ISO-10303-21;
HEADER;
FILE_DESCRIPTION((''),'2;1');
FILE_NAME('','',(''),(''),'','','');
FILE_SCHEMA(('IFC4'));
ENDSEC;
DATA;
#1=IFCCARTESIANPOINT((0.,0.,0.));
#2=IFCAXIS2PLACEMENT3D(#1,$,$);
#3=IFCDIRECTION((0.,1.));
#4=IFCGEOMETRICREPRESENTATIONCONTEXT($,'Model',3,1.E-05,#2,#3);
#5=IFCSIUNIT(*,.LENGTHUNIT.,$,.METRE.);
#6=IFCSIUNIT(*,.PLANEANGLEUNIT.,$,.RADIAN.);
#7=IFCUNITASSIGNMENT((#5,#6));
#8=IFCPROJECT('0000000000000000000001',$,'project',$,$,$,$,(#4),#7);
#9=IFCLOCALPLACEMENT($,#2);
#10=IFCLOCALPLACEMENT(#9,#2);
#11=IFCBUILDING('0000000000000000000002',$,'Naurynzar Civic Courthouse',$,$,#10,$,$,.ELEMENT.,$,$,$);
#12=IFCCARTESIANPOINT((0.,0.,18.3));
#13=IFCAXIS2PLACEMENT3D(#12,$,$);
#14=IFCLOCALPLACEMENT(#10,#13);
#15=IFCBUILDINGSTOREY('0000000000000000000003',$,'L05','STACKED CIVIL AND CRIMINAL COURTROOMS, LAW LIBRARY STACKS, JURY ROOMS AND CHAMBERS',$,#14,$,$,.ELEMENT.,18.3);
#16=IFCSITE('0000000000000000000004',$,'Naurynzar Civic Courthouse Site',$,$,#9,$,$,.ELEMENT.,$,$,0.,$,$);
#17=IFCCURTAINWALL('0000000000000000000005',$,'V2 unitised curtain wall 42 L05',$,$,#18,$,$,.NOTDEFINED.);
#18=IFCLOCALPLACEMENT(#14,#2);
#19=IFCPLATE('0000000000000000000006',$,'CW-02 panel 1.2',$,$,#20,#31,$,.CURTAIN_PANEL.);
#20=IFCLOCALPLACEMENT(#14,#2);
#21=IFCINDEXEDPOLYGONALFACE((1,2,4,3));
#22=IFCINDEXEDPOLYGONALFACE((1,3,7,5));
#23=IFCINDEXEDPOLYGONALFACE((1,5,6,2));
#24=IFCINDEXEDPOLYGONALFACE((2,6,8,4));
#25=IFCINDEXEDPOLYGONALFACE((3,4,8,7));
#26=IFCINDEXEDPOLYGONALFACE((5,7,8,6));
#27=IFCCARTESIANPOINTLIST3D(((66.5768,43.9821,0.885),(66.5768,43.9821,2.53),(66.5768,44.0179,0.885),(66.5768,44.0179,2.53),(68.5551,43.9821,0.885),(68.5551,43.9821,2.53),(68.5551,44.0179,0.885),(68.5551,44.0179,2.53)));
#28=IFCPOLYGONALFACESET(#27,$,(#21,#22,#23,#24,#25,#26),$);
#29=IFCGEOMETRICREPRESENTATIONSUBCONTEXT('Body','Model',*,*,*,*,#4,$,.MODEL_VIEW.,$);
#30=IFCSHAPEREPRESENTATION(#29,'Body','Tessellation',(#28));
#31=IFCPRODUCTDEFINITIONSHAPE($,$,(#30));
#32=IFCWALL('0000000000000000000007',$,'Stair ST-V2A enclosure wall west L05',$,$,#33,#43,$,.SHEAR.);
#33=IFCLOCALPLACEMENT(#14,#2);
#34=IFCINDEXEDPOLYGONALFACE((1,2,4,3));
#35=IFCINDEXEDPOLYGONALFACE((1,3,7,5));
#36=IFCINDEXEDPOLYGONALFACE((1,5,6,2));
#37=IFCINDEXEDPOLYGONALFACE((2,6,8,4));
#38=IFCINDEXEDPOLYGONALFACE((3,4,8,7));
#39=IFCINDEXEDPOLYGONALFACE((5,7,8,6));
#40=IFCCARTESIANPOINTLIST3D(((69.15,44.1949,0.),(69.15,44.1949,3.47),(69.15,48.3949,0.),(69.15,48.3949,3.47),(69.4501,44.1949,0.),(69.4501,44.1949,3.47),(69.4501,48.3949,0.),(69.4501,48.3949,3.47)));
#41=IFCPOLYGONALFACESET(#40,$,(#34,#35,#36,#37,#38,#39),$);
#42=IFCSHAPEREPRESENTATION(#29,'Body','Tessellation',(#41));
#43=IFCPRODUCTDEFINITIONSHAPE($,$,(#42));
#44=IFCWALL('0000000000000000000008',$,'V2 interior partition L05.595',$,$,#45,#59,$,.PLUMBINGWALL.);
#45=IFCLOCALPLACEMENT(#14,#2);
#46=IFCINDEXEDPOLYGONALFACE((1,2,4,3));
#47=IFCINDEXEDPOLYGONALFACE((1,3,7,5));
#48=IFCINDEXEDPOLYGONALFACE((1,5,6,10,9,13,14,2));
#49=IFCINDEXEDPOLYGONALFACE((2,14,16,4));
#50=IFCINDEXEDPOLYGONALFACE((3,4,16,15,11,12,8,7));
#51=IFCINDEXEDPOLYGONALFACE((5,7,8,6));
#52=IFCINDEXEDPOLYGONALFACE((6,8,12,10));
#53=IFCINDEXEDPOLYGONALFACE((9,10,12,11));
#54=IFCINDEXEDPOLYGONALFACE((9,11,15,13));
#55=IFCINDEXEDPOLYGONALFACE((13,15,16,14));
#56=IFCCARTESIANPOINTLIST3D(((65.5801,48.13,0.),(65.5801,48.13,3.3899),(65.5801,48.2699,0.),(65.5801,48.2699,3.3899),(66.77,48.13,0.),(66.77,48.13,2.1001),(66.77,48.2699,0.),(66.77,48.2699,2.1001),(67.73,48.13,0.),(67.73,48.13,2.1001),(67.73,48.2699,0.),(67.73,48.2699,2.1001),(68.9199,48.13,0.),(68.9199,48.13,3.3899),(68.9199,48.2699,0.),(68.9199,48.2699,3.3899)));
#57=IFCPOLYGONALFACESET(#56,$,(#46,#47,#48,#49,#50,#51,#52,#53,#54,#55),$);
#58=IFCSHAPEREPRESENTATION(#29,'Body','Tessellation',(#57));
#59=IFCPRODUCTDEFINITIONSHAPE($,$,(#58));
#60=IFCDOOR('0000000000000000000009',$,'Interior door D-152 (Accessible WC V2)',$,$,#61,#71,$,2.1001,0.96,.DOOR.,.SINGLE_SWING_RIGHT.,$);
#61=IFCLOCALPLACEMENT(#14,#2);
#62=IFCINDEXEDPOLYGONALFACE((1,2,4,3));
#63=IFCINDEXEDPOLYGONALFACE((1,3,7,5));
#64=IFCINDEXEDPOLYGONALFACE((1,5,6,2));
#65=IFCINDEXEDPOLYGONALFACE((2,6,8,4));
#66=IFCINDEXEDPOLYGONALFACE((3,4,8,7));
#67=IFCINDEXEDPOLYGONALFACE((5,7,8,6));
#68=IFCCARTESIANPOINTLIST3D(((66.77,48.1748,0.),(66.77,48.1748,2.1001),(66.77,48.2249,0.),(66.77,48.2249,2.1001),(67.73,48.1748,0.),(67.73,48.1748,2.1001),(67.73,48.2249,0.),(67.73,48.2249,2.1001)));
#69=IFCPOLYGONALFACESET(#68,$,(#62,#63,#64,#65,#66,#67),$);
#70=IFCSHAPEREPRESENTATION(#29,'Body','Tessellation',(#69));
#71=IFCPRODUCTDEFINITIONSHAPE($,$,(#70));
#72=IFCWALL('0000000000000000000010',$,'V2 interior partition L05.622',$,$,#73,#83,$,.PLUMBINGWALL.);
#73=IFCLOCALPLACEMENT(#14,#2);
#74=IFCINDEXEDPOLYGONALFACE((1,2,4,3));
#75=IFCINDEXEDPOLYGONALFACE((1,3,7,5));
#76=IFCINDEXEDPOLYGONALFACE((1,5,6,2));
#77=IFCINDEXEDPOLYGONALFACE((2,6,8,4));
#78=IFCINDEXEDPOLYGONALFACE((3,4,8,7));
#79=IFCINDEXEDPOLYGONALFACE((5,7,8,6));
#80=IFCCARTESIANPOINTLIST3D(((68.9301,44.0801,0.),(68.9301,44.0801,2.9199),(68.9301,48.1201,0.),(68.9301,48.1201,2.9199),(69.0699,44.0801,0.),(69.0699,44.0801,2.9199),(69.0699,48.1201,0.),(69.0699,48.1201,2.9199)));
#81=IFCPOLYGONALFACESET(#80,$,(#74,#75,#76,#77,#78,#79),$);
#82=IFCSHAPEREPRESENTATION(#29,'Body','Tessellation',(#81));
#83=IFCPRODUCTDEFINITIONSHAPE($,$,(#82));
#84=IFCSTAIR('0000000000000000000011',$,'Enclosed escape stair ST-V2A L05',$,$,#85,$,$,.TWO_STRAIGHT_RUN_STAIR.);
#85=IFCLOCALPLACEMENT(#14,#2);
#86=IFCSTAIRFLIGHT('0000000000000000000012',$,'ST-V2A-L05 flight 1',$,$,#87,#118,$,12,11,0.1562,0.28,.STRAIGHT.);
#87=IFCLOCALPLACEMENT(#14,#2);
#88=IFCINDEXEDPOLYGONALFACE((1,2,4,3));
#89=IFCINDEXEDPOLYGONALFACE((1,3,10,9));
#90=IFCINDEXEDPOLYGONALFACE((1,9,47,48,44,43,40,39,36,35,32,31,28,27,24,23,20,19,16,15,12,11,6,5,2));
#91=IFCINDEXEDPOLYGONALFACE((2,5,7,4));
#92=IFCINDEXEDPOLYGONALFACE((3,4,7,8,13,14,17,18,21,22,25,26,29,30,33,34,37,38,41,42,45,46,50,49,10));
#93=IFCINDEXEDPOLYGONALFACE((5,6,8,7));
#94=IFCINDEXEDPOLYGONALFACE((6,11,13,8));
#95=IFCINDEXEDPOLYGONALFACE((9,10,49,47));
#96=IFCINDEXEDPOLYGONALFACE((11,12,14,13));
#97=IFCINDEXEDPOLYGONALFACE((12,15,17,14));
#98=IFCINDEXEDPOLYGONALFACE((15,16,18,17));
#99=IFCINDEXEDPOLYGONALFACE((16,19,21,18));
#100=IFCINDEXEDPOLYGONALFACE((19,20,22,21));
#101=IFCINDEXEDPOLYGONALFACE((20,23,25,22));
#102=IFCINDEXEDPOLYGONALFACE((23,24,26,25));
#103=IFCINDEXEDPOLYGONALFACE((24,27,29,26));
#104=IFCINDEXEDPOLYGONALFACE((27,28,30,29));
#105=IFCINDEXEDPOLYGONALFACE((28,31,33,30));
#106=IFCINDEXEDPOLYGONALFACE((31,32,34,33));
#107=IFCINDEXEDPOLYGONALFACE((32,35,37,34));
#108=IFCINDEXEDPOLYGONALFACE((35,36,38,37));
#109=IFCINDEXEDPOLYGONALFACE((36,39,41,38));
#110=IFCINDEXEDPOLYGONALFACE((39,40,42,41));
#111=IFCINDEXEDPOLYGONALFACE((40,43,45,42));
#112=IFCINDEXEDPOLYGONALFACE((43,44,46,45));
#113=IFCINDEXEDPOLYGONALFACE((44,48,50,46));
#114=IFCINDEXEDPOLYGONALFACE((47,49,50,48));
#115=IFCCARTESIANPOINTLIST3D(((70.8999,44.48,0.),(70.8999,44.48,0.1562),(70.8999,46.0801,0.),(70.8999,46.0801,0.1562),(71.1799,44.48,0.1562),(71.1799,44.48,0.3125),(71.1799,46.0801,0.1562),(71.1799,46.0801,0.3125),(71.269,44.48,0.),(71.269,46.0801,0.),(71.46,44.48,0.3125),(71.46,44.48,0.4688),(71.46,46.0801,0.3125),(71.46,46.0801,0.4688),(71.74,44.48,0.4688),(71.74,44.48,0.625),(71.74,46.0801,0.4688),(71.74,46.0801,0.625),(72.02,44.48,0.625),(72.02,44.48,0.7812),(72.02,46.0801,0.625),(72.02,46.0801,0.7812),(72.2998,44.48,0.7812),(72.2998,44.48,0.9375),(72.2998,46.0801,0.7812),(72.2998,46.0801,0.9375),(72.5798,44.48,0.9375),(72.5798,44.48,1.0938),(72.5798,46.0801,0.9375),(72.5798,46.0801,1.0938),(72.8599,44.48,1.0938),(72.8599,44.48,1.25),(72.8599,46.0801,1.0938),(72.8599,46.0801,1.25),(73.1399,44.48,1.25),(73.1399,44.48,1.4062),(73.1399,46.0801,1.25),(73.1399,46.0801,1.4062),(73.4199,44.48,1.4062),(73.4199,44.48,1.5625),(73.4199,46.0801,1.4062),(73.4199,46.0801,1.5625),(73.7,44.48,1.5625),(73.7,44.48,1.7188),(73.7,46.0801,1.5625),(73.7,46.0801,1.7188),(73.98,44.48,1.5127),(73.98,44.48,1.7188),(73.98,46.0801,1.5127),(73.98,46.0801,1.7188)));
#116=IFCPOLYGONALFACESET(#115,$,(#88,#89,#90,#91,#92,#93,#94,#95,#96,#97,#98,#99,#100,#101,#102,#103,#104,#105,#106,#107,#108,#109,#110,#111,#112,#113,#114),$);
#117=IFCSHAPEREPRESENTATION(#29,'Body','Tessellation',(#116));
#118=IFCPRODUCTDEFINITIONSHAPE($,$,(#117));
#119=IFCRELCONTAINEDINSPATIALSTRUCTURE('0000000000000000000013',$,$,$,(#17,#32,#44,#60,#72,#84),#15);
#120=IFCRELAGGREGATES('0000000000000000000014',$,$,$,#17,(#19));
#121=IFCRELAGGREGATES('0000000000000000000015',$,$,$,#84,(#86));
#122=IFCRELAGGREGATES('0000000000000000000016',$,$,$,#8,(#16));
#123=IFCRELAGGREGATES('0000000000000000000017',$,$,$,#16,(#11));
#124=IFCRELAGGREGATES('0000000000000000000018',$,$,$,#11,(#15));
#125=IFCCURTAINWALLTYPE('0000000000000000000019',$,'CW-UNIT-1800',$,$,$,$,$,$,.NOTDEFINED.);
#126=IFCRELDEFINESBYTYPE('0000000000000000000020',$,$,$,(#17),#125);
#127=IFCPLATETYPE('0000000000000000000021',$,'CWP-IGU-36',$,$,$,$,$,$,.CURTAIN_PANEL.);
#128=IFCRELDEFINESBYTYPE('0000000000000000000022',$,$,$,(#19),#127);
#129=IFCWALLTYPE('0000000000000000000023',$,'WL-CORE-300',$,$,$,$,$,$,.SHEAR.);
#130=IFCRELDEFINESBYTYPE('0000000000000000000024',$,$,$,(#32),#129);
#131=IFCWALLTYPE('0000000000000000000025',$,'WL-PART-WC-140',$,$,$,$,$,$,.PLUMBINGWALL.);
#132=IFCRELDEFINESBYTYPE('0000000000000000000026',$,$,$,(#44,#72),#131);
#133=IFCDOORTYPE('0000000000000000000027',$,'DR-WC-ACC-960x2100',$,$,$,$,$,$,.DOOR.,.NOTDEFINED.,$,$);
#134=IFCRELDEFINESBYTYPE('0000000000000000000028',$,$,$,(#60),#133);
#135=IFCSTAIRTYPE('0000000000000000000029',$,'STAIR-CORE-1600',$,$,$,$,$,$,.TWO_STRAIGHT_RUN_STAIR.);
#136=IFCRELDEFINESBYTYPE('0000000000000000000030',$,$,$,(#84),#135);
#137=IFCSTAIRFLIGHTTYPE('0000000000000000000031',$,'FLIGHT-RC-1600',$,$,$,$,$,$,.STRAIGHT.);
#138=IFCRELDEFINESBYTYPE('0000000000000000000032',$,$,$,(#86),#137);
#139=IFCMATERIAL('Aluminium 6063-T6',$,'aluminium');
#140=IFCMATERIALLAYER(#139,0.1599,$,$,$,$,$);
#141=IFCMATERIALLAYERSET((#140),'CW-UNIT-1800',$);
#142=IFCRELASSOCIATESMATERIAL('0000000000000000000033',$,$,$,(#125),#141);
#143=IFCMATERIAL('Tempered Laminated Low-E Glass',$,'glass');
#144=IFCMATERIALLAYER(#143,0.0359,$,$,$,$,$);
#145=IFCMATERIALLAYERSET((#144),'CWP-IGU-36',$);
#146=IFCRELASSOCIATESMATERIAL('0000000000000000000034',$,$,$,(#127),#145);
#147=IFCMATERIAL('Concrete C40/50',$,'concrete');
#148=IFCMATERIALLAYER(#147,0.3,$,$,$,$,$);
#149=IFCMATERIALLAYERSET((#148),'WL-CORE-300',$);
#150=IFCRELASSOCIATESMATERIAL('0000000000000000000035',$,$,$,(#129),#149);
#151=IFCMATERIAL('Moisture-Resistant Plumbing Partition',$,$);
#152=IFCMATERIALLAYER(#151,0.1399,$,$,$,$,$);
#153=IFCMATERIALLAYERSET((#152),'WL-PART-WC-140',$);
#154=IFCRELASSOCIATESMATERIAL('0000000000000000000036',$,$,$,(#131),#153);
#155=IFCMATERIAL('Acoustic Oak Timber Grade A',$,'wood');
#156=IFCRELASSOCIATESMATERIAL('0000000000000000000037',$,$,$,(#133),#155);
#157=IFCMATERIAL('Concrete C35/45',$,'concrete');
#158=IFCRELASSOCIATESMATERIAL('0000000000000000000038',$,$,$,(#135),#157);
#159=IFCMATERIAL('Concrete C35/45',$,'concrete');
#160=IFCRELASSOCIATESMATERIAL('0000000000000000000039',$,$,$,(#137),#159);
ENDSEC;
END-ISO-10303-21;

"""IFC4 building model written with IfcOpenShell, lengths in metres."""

from ifc_helpers import new_model, si_unit, direction, frame, frame_2d, origin, origin_2d, place, context, subcontext, project, spatial, polyline, rectangle, outline, extrude, material, layer, layer_set, type_object, element, fill, aggregate, save


model = new_model("IFC4")

# Units and contexts
model_context = context("Model", 3, precision=1e-05, world=origin(), true_north=direction((0.0, 1.0)))
body_context = subcontext(model_context, "Body", "Model", "MODEL_VIEW")
ifc_project = project(units=[si_unit("LENGTHUNIT", "METRE"), si_unit("PLANEANGLEUNIT", "RADIAN")], contexts=[model_context])

# Site, building, storey
site_placement = place(None, origin())
site = spatial("IfcSite", under=ifc_project, at=site_placement, Name="Naurynzar Civic Courthouse Site", CompositionType="ELEMENT", RefElevation=0.0)
building_placement = place(site_placement, origin())
building = spatial("IfcBuilding", under=site, at=building_placement, Name="Naurynzar Civic Courthouse", CompositionType="ELEMENT")
storey_placement = place(building_placement, frame((0.0, 0.0, 18.3)))
storey = spatial("IfcBuildingStorey", under=building, at=storey_placement, Name="L05", Description="STACKED CIVIL AND CRIMINAL COURTROOMS, LAW LIBRARY STACKS, JURY ROOMS AND CHAMBERS", CompositionType="ELEMENT", Elevation=18.3)

# Curtain wall, plate
ifc_material_1 = material(Name="Aluminium 6063-T6", Category="aluminium")
ifc_layer_1 = layer(ifc_material_1, 0.1599)
ifc_layer_set_1 = layer_set([ifc_layer_1], Name="CW-UNIT-1800")
curtain_wall_type = type_object("IfcCurtainWallType", Name="CW-UNIT-1800", PredefinedType="NOTDEFINED", material=ifc_layer_set_1)
curtain_wall_placement = place(storey_placement, origin())
curtain_wall = element("IfcCurtainWall", 1, at=curtain_wall_placement, inside=storey, type_object=curtain_wall_type, Name="V2 unitised curtain wall 42 L05", PredefinedType="NOTDEFINED")
ifc_material_2 = material(Name="Tempered Laminated Low-E Glass", Category="glass")
ifc_layer_2 = layer(ifc_material_2, 0.0359)
ifc_layer_set_2 = layer_set([ifc_layer_2], Name="CWP-IGU-36")
plate_type = type_object("IfcPlateType", Name="CWP-IGU-36", PredefinedType="CURTAIN_PANEL", material=ifc_layer_set_2)
plate_1_placement = place(storey_placement, frame((67.5659, 44.0, 0.885), z_axis=(0.0, 0.0, 1.0), x_axis=(-1.0, 0.0, 0.0)))
plate_1 = element("IfcPlate", 2, at=plate_1_placement, type_object=plate_type, Name="CW-02 panel 1.2", PredefinedType="CURTAIN_PANEL", context=body_context, shape_type="SweptSolid", body=[
    extrude(rectangle(XDim=1.9783, YDim=0.0359, at=origin_2d()), origin(), (0.0, 0.0, 1.0), 1.645),
])
aggregate(curtain_wall, [plate_1])

# Wall
ifc_material_3 = material(Name="Concrete C40/50", Category="concrete")
ifc_layer_3 = layer(ifc_material_3, 0.3)
ifc_layer_set_3 = layer_set([ifc_layer_3], Name="WL-CORE-300")
wall_type_1 = type_object("IfcWallType", Name="WL-CORE-300", PredefinedType="SHEAR", material=ifc_layer_set_3)
wall_1_placement = place(storey_placement, frame((69.3, 48.395, 0.0), z_axis=(0.0, 0.0, 1.0), x_axis=(0.0, -1.0, 0.0)))
element("IfcWall", 3, at=wall_1_placement, inside=storey, type_object=wall_type_1, Name="Stair ST-V2A enclosure wall west L05", PredefinedType="SHEAR", context=body_context, shape_type="SweptSolid", body=[
    extrude(rectangle(XDim=4.2, YDim=0.3, at=frame_2d((2.1001, 0.0))), origin(), (0.0, 0.0, 1.0), 3.47),
])

# Wall, opening, door
ifc_material_4 = material(Name="Moisture-Resistant Plumbing Partition")
ifc_layer_4 = layer(ifc_material_4, 0.1399)
ifc_layer_set_4 = layer_set([ifc_layer_4], Name="WL-PART-WC-140")
wall_type_2 = type_object("IfcWallType", Name="WL-PART-WC-140", PredefinedType="PLUMBINGWALL", material=ifc_layer_set_4)
wall_2_placement = place(storey_placement, frame((65.5801, 48.2, 0.0), z_axis=(0.0, 0.0, 1.0), x_axis=(1.0, 0.0, 0.0)))
wall_2 = element("IfcWall", 4, at=wall_2_placement, inside=storey, type_object=wall_type_2, Name="V2 interior partition L05.595", PredefinedType="PLUMBINGWALL", context=body_context, shape_type="SweptSolid", body=[
    extrude(rectangle(XDim=3.3398, YDim=0.1399, at=frame_2d((1.6699, 0.0))), origin(), (0.0, 0.0, 1.0), 3.3899),
])
opening_placement = place(wall_2_placement, frame((1.1899, 0.0, 0.0)))
opening = element("IfcOpeningElement", 5, at=opening_placement, cuts=wall_2, PredefinedType="OPENING", context=body_context, shape_type="SweptSolid", body=[
    extrude(rectangle(XDim=0.96, YDim=2.1001, at=frame_2d((0.48, 1.05))), frame((0.0, 0.0798, 0.0), z_axis=(0.0, -1.0, 0.0), x_axis=(1.0, 0.0, 0.0)), (0.0, 0.0, 1.0), 0.1599),
])
ifc_material_5 = material(Name="Acoustic Oak Timber Grade A", Category="wood")
door_type = type_object("IfcDoorType", Name="DR-WC-ACC-960x2100", OperationType="NOTDEFINED", PredefinedType="DOOR", material=ifc_material_5)
door_placement = place(opening_placement, origin())
door = element("IfcDoor", 6, at=door_placement, inside=storey, type_object=door_type, Name="Interior door D-152 (Accessible WC V2)", OperationType="SINGLE_SWING_RIGHT", OverallHeight=2.1001, OverallWidth=0.96, PredefinedType="DOOR", context=body_context, shape_type="SweptSolid", body=[
    extrude(rectangle(XDim=0.96, YDim=2.1001, at=frame_2d((0.48, 1.05))), frame((0.0, 0.0249, 0.0), z_axis=(0.0, -1.0, 0.0), x_axis=(1.0, 0.0, 0.0)), (0.0, 0.0, 1.0), 0.05),
])
fill(opening, door)

# Wall
wall_3_placement = place(storey_placement, frame((69.0, 44.0801, 0.0), z_axis=(0.0, 0.0, 1.0), x_axis=(0.0, 1.0, 0.0)))
element("IfcWall", 7, at=wall_3_placement, inside=storey, type_object=wall_type_2, Name="V2 interior partition L05.622", PredefinedType="PLUMBINGWALL", context=body_context, shape_type="SweptSolid", body=[
    extrude(rectangle(XDim=4.04, YDim=0.1399, at=frame_2d((2.02, 0.0))), origin(), (0.0, 0.0, 1.0), 2.9199),
])

# Stair, stair flight
ifc_material_6 = material(Name="Concrete C35/45", Category="concrete")
stair_type = type_object("IfcStairType", Name="STAIR-CORE-1600", PredefinedType="TWO_STRAIGHT_RUN_STAIR", material=ifc_material_6)
stair_placement = place(storey_placement, origin())
stair = element("IfcStair", 8, at=stair_placement, inside=storey, type_object=stair_type, Name="Enclosed escape stair ST-V2A L05", PredefinedType="TWO_STRAIGHT_RUN_STAIR")
ifc_material_7 = material(Name="Concrete C35/45", Category="concrete")
stair_flight_type = type_object("IfcStairFlightType", Name="FLIGHT-RC-1600", PredefinedType="STRAIGHT", material=ifc_material_7)
stair_flight_placement = place(storey_placement, frame((70.8999, 45.28, 0.0), z_axis=(0.0, 0.0, 1.0), x_axis=(1.0, 0.0, 0.0)))
stair_flight = element("IfcStairFlight", 9, at=stair_flight_placement, type_object=stair_flight_type, Name="ST-V2A-L05 flight 1", NumberOfRisers=12, NumberOfTreads=11, PredefinedType="STRAIGHT", RiserHeight=0.1562, TreadLength=0.28, context=body_context, shape_type="SweptSolid", body=[
    extrude(outline(polyline([(0.0, 0.0), (0.0, 0.1562), (0.28, 0.1562), (0.28, 0.3125), (0.5601, 0.3125), (0.5601, 0.4688), (0.8401, 0.4688), (0.8401, 0.625), (1.1201, 0.625), (1.1201, 0.7812), (1.3999, 0.7812), (1.3999, 0.9375), (1.6799, 0.9375), (1.6799, 1.0938), (1.96, 1.0938), (1.96, 1.25), (2.24, 1.25), (2.24, 1.4062), (2.52, 1.4062), (2.52, 1.5625), (2.8, 1.5625), (2.8, 1.7188), (3.0801, 1.7188), (3.0801, 1.875), (3.0801, 1.5127), (0.3691, 0.0), (0.0, 0.0)])), frame((0.0, 0.8, 0.0), z_axis=(0.0, -1.0, 0.0), x_axis=(1.0, 0.0, 0.0)), (0.0, 0.0, 1.0), 1.6001),
])
aggregate(stair, [stair_flight])

save(model, "model.ifc")
